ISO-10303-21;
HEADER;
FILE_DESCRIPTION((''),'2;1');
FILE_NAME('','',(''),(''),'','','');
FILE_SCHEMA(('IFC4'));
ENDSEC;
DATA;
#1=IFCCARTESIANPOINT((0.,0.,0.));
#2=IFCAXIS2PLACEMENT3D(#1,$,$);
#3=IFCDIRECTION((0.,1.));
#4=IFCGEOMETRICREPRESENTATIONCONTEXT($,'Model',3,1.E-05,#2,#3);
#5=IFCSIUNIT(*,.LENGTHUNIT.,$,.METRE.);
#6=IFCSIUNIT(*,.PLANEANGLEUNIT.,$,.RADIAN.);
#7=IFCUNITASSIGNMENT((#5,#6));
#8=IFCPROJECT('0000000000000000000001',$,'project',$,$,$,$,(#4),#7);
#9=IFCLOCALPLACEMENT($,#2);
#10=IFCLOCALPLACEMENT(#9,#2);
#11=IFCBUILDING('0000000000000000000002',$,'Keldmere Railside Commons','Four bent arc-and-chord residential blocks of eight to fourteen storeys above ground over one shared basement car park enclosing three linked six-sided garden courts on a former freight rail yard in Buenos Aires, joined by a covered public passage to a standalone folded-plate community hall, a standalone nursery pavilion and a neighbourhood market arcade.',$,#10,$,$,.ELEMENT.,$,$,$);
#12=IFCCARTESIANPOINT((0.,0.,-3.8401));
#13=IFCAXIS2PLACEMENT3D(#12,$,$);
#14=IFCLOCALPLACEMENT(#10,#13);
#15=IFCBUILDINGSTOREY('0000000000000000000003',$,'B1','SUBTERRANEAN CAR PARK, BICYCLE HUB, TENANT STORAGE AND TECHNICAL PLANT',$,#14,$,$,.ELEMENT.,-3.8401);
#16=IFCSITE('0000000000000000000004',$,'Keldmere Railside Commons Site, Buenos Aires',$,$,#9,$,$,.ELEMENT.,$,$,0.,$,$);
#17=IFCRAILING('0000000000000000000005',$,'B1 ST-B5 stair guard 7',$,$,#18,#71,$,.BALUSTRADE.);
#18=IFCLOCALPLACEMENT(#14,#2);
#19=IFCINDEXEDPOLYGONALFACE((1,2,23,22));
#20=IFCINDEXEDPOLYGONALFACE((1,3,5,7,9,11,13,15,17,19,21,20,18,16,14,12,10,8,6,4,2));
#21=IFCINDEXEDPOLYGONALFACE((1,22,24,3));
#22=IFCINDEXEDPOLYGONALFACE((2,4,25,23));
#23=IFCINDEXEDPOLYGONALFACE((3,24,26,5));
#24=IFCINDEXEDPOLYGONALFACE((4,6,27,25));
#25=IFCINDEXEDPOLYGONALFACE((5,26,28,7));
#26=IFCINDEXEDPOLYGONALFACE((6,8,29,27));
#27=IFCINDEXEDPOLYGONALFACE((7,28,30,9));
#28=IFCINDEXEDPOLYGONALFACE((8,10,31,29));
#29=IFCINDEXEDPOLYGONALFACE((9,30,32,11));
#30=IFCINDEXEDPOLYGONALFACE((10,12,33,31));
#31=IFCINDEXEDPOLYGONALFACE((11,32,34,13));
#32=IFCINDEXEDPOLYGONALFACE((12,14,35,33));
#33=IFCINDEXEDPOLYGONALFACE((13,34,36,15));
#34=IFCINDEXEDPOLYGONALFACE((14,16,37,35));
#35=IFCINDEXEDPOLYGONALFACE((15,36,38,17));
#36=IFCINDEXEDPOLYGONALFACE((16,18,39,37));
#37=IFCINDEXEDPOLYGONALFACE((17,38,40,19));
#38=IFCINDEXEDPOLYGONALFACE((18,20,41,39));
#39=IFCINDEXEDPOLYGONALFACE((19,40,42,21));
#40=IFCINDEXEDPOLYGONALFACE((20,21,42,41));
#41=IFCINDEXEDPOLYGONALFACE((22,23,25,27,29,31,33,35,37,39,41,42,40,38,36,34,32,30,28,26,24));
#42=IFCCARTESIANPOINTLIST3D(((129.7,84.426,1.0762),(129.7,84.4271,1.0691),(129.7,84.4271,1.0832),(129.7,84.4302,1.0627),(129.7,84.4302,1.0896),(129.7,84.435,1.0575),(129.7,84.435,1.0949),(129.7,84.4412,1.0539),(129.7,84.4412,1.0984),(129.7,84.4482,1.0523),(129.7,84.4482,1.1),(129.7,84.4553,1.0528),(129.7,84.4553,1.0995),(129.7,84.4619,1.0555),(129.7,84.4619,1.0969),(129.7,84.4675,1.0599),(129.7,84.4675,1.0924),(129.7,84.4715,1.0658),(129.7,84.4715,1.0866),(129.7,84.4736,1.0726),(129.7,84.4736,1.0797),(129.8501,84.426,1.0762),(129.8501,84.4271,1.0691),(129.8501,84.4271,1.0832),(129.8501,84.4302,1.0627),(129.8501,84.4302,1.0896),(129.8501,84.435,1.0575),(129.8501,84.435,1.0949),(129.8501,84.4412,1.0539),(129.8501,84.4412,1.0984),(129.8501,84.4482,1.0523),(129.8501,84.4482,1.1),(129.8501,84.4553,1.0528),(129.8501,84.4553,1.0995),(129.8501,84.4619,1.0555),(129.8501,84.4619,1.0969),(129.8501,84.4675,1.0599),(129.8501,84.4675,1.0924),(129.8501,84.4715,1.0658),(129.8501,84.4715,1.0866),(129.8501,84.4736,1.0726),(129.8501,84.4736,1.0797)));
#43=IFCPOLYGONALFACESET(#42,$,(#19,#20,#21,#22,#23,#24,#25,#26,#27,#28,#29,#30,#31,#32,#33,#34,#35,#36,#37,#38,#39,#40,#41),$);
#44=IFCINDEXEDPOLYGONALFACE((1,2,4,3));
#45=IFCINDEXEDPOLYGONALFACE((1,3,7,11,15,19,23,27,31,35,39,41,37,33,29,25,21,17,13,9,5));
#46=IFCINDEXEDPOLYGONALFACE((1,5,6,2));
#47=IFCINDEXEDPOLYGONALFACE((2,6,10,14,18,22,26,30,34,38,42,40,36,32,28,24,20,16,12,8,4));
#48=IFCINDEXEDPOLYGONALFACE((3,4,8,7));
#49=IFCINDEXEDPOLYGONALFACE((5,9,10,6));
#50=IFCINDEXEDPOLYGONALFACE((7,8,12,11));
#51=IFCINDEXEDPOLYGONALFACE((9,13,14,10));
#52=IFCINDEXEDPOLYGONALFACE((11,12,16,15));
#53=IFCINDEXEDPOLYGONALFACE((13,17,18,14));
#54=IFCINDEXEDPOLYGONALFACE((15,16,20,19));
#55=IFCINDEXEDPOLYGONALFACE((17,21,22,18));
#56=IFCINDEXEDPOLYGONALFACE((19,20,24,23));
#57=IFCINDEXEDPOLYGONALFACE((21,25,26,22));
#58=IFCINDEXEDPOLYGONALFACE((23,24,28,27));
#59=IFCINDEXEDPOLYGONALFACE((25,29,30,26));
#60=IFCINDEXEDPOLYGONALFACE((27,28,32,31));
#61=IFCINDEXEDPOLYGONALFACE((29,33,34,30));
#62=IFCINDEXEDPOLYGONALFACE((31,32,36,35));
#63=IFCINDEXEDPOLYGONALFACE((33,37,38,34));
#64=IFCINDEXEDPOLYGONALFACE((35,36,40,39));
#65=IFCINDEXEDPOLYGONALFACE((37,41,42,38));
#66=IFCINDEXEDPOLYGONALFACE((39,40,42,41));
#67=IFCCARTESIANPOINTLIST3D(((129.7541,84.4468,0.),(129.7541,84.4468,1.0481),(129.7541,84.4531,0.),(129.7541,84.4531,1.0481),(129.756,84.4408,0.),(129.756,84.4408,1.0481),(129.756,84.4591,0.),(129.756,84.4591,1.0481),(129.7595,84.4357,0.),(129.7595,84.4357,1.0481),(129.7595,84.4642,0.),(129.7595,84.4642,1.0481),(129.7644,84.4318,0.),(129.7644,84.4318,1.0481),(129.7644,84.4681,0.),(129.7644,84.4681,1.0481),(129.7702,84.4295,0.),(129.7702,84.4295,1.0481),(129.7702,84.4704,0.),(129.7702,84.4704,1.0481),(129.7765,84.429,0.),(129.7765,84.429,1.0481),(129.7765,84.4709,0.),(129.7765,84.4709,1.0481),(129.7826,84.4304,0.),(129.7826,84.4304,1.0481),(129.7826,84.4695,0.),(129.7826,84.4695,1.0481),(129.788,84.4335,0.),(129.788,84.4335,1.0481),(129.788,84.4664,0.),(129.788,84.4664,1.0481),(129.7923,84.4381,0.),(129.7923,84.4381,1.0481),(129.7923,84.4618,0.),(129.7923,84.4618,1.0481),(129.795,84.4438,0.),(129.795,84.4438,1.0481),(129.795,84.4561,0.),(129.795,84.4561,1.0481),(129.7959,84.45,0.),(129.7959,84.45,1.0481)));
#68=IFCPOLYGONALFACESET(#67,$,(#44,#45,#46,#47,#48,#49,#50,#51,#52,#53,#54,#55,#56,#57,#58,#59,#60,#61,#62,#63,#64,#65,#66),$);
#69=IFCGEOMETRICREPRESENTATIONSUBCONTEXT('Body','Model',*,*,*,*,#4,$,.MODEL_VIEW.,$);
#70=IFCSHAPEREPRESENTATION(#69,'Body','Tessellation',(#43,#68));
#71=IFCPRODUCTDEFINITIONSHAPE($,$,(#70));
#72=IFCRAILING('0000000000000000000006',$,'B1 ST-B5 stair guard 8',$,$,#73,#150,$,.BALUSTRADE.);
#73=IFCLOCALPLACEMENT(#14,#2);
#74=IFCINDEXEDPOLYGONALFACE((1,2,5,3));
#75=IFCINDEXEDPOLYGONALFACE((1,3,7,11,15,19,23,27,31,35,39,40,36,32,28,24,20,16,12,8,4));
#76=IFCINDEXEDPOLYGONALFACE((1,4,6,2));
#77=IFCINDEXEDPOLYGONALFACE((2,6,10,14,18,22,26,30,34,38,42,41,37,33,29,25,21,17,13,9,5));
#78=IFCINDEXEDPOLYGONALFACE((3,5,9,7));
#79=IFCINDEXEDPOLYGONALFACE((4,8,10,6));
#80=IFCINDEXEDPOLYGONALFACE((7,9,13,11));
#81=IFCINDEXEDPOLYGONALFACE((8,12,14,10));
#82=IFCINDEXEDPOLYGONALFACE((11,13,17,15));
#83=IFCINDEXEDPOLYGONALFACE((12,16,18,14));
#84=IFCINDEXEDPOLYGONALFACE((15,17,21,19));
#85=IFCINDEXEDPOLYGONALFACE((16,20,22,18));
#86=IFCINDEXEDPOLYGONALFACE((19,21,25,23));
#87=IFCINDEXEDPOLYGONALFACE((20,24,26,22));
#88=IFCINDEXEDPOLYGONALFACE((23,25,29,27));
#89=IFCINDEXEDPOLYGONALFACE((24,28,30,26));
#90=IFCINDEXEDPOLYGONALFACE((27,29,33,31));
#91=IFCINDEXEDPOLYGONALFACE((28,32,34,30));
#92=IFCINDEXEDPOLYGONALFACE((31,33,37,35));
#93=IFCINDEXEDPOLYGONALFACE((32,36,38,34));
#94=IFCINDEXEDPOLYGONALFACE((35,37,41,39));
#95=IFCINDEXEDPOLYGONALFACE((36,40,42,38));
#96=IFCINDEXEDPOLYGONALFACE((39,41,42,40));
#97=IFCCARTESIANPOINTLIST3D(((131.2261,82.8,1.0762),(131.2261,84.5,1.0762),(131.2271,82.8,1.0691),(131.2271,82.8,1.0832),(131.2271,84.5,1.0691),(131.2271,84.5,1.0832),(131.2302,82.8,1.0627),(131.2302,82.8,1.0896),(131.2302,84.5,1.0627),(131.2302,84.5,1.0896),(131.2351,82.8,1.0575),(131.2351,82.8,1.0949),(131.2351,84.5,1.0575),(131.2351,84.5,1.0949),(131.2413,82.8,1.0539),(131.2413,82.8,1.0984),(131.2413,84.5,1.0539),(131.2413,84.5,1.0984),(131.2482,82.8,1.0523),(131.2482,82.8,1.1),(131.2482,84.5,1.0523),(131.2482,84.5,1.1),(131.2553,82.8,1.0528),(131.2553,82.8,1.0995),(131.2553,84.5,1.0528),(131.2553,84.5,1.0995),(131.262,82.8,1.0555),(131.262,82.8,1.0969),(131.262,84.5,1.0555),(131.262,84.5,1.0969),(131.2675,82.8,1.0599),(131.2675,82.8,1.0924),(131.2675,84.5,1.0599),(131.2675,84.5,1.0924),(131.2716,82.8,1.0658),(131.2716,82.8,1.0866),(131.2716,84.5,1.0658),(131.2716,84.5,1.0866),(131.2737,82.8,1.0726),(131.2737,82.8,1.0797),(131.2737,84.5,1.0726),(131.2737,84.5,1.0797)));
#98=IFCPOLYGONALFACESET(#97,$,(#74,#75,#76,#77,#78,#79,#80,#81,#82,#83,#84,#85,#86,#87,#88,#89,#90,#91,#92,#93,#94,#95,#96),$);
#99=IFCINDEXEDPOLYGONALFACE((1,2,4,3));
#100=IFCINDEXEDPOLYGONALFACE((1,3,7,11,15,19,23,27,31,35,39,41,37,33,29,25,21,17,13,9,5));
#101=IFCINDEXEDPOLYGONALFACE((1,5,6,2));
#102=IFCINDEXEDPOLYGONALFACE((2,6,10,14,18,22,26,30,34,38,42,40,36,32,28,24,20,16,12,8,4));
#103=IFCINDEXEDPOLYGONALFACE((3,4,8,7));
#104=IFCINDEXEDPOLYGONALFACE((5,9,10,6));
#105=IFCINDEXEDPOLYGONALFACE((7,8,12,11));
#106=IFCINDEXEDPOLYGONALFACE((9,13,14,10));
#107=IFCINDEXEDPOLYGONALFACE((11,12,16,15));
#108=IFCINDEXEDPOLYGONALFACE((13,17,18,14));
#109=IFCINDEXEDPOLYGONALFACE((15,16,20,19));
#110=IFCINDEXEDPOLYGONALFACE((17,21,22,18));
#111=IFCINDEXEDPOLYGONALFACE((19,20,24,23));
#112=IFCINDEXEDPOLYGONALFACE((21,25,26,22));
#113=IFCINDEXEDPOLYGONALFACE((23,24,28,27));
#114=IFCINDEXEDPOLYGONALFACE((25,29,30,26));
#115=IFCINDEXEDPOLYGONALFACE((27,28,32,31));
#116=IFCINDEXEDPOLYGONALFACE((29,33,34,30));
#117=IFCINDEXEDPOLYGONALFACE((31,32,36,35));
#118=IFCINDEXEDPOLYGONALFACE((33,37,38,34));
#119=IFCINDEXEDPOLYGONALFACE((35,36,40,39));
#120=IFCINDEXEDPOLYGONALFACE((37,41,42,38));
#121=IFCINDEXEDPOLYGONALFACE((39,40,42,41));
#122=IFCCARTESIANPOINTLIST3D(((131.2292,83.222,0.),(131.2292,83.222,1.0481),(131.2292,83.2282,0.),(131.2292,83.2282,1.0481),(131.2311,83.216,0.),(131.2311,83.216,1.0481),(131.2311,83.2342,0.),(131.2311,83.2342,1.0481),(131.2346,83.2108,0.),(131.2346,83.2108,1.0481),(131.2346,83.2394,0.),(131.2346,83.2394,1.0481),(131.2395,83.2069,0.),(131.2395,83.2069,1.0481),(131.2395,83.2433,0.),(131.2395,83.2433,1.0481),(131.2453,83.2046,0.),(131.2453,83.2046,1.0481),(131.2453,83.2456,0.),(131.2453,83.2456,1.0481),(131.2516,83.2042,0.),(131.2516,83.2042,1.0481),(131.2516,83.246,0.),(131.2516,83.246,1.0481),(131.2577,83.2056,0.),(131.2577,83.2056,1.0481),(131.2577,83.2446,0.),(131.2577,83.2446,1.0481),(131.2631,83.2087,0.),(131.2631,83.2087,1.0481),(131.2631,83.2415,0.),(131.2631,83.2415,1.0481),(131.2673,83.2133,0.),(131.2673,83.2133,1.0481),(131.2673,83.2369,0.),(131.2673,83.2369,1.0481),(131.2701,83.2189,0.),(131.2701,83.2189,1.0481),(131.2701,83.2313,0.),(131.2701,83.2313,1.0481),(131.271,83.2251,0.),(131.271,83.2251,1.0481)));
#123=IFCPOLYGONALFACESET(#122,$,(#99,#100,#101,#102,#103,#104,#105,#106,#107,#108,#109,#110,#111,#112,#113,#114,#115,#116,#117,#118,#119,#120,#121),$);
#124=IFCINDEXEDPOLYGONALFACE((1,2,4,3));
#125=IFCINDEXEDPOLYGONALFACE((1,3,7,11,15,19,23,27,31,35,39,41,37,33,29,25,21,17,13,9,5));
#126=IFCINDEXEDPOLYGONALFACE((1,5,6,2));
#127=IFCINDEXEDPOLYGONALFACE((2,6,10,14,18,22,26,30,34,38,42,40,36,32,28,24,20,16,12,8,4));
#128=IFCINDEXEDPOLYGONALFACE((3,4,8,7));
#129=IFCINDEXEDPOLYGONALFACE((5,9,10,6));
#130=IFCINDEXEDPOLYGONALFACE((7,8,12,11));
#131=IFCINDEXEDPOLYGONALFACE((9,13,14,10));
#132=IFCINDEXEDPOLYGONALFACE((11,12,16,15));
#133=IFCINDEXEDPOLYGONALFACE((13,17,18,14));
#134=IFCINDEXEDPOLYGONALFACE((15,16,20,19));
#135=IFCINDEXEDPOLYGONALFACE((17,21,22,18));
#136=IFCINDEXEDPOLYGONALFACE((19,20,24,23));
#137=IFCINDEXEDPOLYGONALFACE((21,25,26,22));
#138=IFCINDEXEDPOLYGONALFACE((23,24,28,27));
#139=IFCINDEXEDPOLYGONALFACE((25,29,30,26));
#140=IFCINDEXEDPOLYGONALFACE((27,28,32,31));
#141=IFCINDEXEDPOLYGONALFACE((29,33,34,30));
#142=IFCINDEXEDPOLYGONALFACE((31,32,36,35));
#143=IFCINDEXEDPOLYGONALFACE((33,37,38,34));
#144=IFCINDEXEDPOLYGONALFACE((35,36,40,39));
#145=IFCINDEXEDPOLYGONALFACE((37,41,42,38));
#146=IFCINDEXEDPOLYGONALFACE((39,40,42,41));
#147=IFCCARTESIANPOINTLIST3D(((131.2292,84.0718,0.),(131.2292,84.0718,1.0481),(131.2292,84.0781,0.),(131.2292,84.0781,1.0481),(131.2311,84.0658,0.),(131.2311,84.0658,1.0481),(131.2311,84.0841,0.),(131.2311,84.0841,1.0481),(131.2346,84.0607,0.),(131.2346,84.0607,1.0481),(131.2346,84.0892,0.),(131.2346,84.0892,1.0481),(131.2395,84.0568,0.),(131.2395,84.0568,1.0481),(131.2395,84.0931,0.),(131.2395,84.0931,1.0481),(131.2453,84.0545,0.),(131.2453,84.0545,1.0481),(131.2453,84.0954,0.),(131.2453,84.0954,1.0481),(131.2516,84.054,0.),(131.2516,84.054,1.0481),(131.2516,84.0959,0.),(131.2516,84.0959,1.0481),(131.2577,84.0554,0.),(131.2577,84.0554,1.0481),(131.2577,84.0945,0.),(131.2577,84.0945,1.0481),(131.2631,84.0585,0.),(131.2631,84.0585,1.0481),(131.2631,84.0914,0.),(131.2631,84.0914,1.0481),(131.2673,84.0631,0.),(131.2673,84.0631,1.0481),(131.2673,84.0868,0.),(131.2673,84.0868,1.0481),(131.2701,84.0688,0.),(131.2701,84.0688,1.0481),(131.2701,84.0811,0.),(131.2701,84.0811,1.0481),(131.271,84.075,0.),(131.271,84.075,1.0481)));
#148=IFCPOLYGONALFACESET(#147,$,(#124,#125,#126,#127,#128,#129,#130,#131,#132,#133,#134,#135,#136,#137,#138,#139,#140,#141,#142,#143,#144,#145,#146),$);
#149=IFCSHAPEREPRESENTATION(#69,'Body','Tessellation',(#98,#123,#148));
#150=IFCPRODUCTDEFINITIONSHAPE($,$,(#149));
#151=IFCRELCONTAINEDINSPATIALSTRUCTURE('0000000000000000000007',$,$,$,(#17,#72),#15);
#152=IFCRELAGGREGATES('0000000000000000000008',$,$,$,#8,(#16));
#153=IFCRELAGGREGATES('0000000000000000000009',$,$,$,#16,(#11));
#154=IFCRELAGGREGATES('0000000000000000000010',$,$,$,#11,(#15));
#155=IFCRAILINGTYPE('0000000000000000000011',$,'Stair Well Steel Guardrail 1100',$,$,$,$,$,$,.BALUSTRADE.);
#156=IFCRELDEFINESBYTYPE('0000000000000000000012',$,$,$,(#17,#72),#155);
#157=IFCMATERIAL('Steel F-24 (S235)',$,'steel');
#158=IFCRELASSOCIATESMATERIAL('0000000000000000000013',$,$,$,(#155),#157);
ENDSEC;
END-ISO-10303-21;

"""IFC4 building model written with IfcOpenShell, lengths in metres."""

from ifc_helpers import new_model, si_unit, direction, frame, origin, origin_2d, place, context, subcontext, project, spatial, circle, extrude, material, type_object, element, save


model = new_model("IFC4")

# Units and contexts
model_context = context("Model", 3, precision=1e-05, world=origin(), true_north=direction((0.0, 1.0)))
body_context = subcontext(model_context, "Body", "Model", "MODEL_VIEW")
ifc_project = project(units=[si_unit("LENGTHUNIT", "METRE"), si_unit("PLANEANGLEUNIT", "RADIAN")], contexts=[model_context])

# Site, building, storey
site_placement = place(None, origin())
site = spatial("IfcSite", under=ifc_project, at=site_placement, Name="Keldmere Railside Commons Site, Buenos Aires", CompositionType="ELEMENT", RefElevation=0.0)
building_placement = place(site_placement, origin())
building = spatial("IfcBuilding", under=site, at=building_placement, Name="Keldmere Railside Commons", Description="Four bent arc-and-chord residential blocks of eight to fourteen storeys above ground over one shared basement car park enclosing three linked six-sided garden courts on a former freight rail yard in Buenos Aires, joined by a covered public passage to a standalone folded-plate community hall, a standalone nursery pavilion and a neighbourhood market arcade.", CompositionType="ELEMENT")
storey_placement = place(building_placement, frame((0.0, 0.0, -3.8401)))
storey = spatial("IfcBuildingStorey", under=building, at=storey_placement, Name="B1", Description="SUBTERRANEAN CAR PARK, BICYCLE HUB, TENANT STORAGE AND TECHNICAL PLANT", CompositionType="ELEMENT", Elevation=-3.8401)

# Shared definitions
ifc_material_1 = material(Name="Steel F-24 (S235)", Category="steel")

# Railings
railing_type_1 = type_object("IfcRailingType", Name="Stair Well Steel Guardrail 1100", PredefinedType="BALUSTRADE", material=ifc_material_1)
railing_1_placement = place(storey_placement, frame((129.8501, 84.45, 0.0)))
element("IfcRailing", 1, at=railing_1_placement, inside=storey, type_object=railing_type_1, Name="B1 ST-B5 stair guard 7", PredefinedType="BALUSTRADE", context=body_context, shape_type="SweptSolid", body=[
    extrude(circle(Radius=0.0239, at=origin_2d()), frame((0.0, 0.0, 1.0762), z_axis=(-1.0, 0.0, 0.0), x_axis=(0.0, -1.0, 0.0)), (0.0, 0.0, 1.0), 0.1501),
    extrude(circle(Radius=0.021, at=origin_2d()), frame((-0.0752, 0.0, 0.0)), (0.0, 0.0, 1.0), 1.0481),
])
for number, where, name in (
    (2, (131.25, 82.8, 0.0), "B1 ST-B5 stair guard 8"),
):
    element("IfcRailing", number, at=place(storey_placement, frame(where)), inside=storey, type_object=railing_type_1, Name=name, PredefinedType="BALUSTRADE", context=body_context, shape_type="SweptSolid", body=[
        extrude(circle(Radius=0.0239, at=origin_2d()), frame((0.0, 0.0, 1.0762), z_axis=(0.0, 1.0, 0.0), x_axis=(-1.0, 0.0, 0.0)), (0.0, 0.0, 1.0), 1.7),
        extrude(circle(Radius=0.021, at=origin_2d()), frame((0.0, 0.425, 0.0)), (0.0, 0.0, 1.0), 1.0481),
        extrude(circle(Radius=0.021, at=origin_2d()), frame((0.0, 1.2749, 0.0)), (0.0, 0.0, 1.0), 1.0481),
    ])

save(model, "model.ifc")
